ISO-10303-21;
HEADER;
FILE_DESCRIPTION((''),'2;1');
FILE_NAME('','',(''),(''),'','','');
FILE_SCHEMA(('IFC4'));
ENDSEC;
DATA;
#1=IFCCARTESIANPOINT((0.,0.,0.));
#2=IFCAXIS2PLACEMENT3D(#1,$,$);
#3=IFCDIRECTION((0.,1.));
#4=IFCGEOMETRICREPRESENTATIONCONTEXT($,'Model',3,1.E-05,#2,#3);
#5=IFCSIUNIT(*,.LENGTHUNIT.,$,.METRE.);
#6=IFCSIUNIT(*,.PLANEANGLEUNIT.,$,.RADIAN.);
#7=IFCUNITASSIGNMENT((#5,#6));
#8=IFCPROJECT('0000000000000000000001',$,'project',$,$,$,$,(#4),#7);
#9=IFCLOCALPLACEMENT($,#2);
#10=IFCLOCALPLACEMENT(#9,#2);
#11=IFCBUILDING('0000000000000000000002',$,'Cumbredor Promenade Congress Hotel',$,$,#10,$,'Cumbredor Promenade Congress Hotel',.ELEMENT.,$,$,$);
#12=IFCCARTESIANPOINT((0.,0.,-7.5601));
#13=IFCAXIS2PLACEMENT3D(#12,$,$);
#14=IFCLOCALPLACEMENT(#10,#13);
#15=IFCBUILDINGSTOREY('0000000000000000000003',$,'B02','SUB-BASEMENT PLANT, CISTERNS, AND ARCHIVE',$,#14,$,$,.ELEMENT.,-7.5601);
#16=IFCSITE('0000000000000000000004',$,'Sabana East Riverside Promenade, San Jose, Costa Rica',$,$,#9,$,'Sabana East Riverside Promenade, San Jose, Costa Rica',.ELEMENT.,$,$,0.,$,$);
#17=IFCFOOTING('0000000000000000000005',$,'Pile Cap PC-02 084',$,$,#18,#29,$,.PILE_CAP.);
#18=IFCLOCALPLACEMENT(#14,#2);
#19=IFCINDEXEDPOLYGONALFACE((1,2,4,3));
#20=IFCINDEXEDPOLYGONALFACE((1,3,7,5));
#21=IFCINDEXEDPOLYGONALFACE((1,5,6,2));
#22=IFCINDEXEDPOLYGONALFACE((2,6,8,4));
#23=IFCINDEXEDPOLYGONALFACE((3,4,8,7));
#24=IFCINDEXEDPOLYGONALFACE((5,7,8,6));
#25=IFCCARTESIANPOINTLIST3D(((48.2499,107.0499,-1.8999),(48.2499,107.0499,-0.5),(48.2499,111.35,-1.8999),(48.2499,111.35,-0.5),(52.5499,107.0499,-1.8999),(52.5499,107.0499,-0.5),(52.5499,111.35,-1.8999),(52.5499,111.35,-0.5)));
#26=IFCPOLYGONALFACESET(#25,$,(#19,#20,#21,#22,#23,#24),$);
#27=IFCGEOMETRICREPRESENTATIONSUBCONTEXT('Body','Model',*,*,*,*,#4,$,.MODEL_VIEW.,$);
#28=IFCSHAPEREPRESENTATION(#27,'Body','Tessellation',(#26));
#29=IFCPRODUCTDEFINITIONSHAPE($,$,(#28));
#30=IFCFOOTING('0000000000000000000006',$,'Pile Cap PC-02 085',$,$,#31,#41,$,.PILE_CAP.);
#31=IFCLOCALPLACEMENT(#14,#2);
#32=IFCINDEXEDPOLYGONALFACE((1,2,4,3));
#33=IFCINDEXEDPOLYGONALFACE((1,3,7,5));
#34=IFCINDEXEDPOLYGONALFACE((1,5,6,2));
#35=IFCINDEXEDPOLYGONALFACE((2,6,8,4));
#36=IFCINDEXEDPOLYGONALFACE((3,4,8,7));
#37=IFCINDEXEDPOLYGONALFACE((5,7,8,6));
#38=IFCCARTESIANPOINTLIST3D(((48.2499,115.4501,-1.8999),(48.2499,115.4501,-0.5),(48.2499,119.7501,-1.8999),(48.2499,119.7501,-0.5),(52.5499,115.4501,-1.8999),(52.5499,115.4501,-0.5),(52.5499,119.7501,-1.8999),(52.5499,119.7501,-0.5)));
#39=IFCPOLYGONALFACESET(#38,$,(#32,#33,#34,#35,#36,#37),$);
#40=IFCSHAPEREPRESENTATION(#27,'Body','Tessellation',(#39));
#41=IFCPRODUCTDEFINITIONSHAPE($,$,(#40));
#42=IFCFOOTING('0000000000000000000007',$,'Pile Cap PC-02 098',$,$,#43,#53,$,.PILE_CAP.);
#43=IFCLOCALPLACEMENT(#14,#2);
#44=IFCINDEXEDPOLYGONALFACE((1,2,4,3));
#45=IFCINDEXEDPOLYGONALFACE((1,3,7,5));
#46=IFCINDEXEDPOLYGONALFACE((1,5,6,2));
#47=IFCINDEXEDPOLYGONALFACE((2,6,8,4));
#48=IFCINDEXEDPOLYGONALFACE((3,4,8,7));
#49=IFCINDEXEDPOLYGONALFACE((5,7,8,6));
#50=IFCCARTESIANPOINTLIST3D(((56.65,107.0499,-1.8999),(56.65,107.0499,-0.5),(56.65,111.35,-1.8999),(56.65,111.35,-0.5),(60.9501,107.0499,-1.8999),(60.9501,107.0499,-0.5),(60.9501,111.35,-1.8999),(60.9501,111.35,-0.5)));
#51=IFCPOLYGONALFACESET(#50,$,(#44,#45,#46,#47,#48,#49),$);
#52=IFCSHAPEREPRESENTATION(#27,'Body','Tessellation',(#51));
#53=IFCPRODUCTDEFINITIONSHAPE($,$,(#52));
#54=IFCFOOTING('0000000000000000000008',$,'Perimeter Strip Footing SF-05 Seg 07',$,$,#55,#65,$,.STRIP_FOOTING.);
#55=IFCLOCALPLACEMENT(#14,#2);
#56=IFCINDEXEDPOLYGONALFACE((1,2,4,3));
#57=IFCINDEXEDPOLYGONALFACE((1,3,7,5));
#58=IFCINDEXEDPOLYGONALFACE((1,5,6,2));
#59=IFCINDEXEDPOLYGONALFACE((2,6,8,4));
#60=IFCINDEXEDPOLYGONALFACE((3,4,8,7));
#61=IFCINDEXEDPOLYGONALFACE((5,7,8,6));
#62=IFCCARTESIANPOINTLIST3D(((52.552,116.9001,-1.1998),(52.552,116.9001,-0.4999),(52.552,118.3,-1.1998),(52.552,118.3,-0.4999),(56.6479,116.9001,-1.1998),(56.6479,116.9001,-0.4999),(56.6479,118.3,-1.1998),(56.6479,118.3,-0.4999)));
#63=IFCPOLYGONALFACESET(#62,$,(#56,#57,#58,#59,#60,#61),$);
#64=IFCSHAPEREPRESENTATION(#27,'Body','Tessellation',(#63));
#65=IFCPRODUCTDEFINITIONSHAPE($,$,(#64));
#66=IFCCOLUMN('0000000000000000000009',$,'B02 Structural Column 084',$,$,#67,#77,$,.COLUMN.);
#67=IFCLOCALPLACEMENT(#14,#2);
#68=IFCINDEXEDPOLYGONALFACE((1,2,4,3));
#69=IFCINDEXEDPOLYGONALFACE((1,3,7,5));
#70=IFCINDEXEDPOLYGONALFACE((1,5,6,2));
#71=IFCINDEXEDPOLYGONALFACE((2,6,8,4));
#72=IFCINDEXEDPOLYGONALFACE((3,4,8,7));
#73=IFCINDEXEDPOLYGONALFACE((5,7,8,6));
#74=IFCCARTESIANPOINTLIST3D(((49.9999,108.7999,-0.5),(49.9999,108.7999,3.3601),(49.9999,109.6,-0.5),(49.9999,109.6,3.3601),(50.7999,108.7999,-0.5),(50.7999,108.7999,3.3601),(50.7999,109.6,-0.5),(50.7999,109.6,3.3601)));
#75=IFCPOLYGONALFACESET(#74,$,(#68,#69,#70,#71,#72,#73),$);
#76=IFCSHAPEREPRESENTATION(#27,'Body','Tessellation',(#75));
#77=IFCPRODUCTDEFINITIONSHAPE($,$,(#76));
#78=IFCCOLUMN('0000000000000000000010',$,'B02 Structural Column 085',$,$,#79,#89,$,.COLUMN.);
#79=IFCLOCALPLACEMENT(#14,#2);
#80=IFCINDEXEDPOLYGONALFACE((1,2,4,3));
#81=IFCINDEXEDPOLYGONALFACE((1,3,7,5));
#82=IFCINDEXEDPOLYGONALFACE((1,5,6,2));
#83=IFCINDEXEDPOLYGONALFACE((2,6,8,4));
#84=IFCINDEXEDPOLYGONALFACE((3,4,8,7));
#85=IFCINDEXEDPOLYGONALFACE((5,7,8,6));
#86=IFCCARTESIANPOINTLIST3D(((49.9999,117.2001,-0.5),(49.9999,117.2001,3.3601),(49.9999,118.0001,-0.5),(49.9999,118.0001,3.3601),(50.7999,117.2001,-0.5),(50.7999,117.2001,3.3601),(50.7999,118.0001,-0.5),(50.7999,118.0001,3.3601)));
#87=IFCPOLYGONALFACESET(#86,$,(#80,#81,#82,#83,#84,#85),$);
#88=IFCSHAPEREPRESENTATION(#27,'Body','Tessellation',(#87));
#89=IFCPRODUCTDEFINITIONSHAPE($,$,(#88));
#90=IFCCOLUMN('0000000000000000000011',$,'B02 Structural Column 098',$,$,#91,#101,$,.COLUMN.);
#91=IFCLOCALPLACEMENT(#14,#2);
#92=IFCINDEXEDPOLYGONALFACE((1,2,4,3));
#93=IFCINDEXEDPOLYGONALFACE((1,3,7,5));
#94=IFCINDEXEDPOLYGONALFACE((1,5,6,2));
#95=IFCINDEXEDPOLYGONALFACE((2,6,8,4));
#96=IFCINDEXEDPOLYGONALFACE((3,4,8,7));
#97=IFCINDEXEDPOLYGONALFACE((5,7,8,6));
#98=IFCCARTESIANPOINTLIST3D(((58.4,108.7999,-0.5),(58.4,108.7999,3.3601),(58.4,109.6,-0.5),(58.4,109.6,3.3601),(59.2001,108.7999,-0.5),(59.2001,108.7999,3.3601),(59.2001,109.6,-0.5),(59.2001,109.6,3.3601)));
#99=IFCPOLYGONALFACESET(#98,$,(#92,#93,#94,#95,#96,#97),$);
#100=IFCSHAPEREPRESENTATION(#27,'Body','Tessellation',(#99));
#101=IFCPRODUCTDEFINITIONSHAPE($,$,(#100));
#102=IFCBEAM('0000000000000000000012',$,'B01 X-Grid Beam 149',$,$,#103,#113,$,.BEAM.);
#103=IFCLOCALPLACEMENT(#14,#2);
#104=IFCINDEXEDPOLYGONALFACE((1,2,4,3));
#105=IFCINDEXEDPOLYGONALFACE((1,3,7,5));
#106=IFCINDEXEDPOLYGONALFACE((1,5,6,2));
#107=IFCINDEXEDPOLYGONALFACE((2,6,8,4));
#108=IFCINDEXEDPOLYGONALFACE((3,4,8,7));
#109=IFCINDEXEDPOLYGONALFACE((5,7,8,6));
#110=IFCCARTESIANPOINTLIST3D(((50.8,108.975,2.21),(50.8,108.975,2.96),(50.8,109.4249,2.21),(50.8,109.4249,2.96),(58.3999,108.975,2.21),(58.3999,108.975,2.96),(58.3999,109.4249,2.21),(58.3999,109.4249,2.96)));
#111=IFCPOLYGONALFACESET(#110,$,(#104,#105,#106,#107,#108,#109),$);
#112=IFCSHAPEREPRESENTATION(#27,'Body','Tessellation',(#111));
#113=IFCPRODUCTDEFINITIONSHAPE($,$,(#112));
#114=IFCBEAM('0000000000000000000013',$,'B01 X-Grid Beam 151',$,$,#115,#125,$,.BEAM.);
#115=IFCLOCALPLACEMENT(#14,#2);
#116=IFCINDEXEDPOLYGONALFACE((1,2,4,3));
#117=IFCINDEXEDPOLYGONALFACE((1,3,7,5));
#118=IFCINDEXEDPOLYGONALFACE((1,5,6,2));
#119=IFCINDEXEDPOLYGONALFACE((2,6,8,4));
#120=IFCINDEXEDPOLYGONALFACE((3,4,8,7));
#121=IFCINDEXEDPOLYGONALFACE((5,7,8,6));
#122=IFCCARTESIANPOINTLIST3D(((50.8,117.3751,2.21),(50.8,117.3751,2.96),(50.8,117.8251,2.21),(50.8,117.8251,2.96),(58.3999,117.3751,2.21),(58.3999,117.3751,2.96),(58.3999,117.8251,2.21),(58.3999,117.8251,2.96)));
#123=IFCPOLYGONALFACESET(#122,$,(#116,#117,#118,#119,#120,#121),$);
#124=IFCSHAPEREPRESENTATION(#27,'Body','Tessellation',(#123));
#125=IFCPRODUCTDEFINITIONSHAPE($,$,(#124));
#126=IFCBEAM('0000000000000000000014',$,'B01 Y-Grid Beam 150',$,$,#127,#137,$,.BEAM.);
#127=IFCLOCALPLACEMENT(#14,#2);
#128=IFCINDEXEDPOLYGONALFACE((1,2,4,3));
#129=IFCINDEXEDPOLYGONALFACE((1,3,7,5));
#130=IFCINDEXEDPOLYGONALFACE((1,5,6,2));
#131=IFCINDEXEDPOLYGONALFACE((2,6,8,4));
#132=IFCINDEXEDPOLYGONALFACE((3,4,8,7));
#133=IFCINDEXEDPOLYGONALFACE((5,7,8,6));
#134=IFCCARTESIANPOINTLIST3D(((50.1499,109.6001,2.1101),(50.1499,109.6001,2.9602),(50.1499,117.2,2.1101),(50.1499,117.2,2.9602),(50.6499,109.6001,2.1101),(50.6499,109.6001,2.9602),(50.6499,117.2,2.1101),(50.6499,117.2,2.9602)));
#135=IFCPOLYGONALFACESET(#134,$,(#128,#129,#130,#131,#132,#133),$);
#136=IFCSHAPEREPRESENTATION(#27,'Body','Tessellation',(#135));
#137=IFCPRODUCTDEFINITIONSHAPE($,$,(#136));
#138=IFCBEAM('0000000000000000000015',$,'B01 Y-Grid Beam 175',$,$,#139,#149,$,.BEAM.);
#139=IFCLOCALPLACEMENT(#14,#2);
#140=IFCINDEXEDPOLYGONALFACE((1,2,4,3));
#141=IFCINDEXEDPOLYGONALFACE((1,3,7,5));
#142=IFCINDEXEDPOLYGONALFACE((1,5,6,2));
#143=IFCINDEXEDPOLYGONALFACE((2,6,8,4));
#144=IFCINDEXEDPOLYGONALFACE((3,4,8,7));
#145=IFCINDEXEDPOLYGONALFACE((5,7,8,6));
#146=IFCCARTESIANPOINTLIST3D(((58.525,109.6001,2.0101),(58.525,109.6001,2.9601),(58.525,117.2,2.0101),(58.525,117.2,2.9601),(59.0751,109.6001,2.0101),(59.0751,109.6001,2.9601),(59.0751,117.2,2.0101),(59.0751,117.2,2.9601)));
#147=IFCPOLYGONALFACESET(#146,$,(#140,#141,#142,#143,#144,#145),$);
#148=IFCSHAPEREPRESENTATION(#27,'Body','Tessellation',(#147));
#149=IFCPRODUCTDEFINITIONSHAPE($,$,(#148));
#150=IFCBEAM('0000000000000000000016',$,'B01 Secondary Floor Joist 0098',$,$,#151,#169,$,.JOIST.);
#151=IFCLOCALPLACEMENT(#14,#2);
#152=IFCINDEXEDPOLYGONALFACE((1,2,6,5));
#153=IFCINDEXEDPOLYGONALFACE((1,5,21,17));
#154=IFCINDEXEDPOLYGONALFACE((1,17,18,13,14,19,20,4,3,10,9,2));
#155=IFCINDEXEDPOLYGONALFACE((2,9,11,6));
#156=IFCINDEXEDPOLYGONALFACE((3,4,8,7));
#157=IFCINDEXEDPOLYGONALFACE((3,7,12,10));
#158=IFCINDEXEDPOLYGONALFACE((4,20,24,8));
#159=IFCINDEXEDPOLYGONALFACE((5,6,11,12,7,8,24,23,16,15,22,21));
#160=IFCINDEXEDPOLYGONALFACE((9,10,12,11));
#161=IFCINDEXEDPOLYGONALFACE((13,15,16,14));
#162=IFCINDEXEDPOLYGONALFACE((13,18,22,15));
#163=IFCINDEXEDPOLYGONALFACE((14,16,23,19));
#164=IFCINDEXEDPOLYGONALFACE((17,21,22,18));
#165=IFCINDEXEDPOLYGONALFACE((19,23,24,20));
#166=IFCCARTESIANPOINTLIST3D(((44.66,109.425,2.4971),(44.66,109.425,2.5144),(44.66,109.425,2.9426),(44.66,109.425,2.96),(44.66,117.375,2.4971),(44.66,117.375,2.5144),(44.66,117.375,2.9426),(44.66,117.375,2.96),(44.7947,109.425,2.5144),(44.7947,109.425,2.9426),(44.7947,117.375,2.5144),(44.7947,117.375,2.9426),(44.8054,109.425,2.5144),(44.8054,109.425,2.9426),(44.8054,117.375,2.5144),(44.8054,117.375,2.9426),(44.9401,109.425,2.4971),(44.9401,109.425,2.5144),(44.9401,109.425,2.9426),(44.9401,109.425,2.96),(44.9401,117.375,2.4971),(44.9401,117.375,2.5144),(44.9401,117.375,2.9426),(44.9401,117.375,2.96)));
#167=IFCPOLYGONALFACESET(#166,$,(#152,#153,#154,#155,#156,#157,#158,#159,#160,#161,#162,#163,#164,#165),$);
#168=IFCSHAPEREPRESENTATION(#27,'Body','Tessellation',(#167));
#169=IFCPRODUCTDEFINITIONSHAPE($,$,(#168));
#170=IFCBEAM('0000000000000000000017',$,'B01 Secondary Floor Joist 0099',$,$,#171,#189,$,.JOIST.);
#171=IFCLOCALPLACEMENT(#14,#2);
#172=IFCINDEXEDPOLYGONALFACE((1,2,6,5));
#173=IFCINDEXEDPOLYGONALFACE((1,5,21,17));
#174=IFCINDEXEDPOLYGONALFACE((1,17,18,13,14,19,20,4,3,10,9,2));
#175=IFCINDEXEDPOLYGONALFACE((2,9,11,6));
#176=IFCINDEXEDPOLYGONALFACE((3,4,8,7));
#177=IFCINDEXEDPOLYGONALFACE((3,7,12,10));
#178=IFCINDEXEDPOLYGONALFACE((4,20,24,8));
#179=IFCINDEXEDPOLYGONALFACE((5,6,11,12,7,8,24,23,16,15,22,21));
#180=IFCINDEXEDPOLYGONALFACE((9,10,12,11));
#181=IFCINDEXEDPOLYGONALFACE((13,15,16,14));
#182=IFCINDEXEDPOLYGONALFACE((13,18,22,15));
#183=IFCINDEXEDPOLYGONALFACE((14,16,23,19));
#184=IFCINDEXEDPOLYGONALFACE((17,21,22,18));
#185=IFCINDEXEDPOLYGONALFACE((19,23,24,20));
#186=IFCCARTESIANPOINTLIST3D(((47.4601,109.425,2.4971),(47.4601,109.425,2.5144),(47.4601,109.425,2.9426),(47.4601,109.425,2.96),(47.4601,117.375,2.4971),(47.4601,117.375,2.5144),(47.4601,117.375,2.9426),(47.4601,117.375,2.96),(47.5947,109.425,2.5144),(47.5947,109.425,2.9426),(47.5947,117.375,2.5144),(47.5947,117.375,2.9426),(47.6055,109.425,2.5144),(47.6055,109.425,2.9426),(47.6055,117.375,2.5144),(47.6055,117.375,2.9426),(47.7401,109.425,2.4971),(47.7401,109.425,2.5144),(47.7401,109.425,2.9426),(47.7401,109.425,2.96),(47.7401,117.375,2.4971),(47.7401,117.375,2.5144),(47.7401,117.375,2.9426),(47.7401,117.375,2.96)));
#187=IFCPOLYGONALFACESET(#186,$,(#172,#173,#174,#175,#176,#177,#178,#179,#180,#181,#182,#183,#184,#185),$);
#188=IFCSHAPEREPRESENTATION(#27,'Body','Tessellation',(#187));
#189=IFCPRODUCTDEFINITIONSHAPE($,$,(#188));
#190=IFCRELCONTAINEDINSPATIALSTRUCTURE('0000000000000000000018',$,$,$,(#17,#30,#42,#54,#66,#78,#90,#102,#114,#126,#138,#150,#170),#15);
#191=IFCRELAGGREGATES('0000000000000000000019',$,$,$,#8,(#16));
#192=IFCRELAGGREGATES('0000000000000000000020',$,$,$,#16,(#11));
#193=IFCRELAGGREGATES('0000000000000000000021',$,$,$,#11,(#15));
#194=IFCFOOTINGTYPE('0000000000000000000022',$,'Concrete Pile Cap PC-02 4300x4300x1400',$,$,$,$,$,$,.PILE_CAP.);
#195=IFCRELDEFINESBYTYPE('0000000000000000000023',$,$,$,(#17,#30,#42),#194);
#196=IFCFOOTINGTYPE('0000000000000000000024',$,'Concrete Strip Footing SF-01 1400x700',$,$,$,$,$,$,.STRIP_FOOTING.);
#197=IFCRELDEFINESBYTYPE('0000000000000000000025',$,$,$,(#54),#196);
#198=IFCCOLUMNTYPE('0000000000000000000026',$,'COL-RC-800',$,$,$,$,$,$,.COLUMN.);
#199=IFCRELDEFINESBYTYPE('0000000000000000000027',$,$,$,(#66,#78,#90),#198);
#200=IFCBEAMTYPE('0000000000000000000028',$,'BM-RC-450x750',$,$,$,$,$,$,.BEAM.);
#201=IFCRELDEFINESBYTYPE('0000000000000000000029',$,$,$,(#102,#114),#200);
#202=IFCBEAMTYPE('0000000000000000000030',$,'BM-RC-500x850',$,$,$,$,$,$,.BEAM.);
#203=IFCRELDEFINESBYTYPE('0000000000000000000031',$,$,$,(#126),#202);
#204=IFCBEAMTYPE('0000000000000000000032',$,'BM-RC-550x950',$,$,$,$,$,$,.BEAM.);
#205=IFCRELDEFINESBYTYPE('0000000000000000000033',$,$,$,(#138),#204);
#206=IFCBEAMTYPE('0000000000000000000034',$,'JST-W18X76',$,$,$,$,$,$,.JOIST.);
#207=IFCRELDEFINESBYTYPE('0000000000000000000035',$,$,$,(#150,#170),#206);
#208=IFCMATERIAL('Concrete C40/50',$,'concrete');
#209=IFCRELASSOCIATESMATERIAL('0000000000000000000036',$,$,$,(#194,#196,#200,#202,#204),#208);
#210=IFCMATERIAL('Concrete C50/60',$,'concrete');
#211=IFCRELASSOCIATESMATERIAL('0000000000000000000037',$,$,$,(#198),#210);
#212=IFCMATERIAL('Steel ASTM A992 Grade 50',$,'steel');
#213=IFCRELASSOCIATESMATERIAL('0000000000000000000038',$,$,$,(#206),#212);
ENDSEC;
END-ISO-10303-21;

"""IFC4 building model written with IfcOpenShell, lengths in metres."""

from ifc_helpers import new_model, si_unit, direction, frame, origin, origin_2d, place, context, subcontext, project, spatial, rectangle, i_section, extrude, material, material_profile, profile_set, type_object, element, save


model = new_model("IFC4")

# Units and contexts
model_context = context("Model", 3, precision=1e-05, world=origin(), true_north=direction((0.0, 1.0)))
body_context = subcontext(model_context, "Body", "Model", "MODEL_VIEW")
ifc_project = project(units=[si_unit("LENGTHUNIT", "METRE"), si_unit("PLANEANGLEUNIT", "RADIAN")], contexts=[model_context])

# Site, building, storey
site_placement = place(None, origin())
site = spatial("IfcSite", under=ifc_project, at=site_placement, Name="Sabana East Riverside Promenade, San Jose, Costa Rica", LongName="Sabana East Riverside Promenade, San Jose, Costa Rica", CompositionType="ELEMENT", RefElevation=0.0)
building_placement = place(site_placement, origin())
building = spatial("IfcBuilding", under=site, at=building_placement, Name="Cumbredor Promenade Congress Hotel", LongName="Cumbredor Promenade Congress Hotel", CompositionType="ELEMENT")
storey_placement = place(building_placement, frame((0.0, 0.0, -7.5601)))
storey = spatial("IfcBuildingStorey", under=building, at=storey_placement, Name="B02", Description="SUB-BASEMENT PLANT, CISTERNS, AND ARCHIVE", CompositionType="ELEMENT", Elevation=-7.5601)

# Shared definitions
ifc_material_1 = material(Name="Concrete C40/50", Category="concrete")

# Footings
footing_type_1 = type_object("IfcFootingType", Name="Concrete Pile Cap PC-02 4300x4300x1400", PredefinedType="PILE_CAP", material=ifc_material_1)
for number, where, z_axis, x_axis, name in (
    (1, (50.3999, 109.2, -1.8999), (0.0, 0.0, 1.0), (1.0, 0.0, 0.0), "Pile Cap PC-02 084"),
    (2, (50.3999, 117.6001, -1.8999), (0.0, 0.0, 1.0), (1.0, 0.0, 0.0), "Pile Cap PC-02 085"),
    (3, (58.8, 109.2, -1.8999), (0.0, 0.0, 1.0), (1.0, 0.0, 0.0), "Pile Cap PC-02 098"),
):
    element("IfcFooting", number, at=place(storey_placement, frame(where, z_axis=z_axis, x_axis=x_axis)), inside=storey, type_object=footing_type_1, Name=name, PredefinedType="PILE_CAP", context=body_context, shape_type="SweptSolid", body=[
        extrude(rectangle(XDim=4.3, YDim=4.3, at=origin_2d()), origin(), (0.0, 0.0, 1.0), 1.3999),
    ])
ifc_material_profile_1 = material_profile(ifc_material_1, rectangle(XDim=1.3999, YDim=0.7, at=origin_2d()), Name="SF 1400x700")
ifc_profile_set_1 = profile_set([ifc_material_profile_1], Name="Concrete C40/50")
footing_type_2 = type_object("IfcFootingType", Name="Concrete Strip Footing SF-01 1400x700", PredefinedType="STRIP_FOOTING", material=ifc_profile_set_1)
footing_1_placement = place(storey_placement, frame((52.552, 117.6001, -0.8499), z_axis=(1.0, 0.0, 0.0), x_axis=(0.0, 1.0, 0.0)))
element("IfcFooting", 4, at=footing_1_placement, inside=storey, type_object=footing_type_2, Name="Perimeter Strip Footing SF-05 Seg 07", PredefinedType="STRIP_FOOTING", context=body_context, shape_type="SweptSolid", body=[
    extrude(rectangle(XDim=1.3999, YDim=0.7, at=origin_2d()), origin(), (0.0, 0.0, 1.0), 4.0959),
])

# Columns
ifc_material_2 = material(Name="Concrete C50/60", Category="concrete")
ifc_material_profile_2 = material_profile(ifc_material_2, rectangle(XDim=0.8, YDim=0.8, at=origin_2d()), Name="RC 800x800")
ifc_profile_set_2 = profile_set([ifc_material_profile_2], Name="Concrete C50/60")
column_type = type_object("IfcColumnType", Name="COL-RC-800", PredefinedType="COLUMN", material=ifc_profile_set_2)
for number, where, z_axis, x_axis, name in (
    (5, (50.3999, 109.2, -0.5), (0.0, 0.0, 1.0), (1.0, 0.0, 0.0), "B02 Structural Column 084"),
    (6, (50.3999, 117.6001, -0.5), (0.0, 0.0, 1.0), (1.0, 0.0, 0.0), "B02 Structural Column 085"),
    (7, (58.8, 109.2, -0.5), (0.0, 0.0, 1.0), (1.0, 0.0, 0.0), "B02 Structural Column 098"),
):
    element("IfcColumn", number, at=place(storey_placement, frame(where, z_axis=z_axis, x_axis=x_axis)), inside=storey, type_object=column_type, Name=name, PredefinedType="COLUMN", context=body_context, shape_type="SweptSolid", body=[
        extrude(rectangle(XDim=0.8, YDim=0.8, at=origin_2d()), origin(), (0.0, 0.0, 1.0), 3.8601),
    ])

# Beams
ifc_material_profile_3 = material_profile(ifc_material_1, rectangle(XDim=0.45, YDim=0.75, at=origin_2d()), Name="RC BEAM 450x750")
ifc_profile_set_3 = profile_set([ifc_material_profile_3], Name="Concrete C40/50")
beam_type_1 = type_object("IfcBeamType", Name="BM-RC-450x750", PredefinedType="BEAM", material=ifc_profile_set_3)
for number, where, z_axis, x_axis, name in (
    (8, (50.8, 109.2, 2.585), (1.0, 0.0, 0.0), (0.0, 1.0, 0.0), "B01 X-Grid Beam 149"),
    (9, (50.8, 117.6001, 2.585), (1.0, 0.0, 0.0), (0.0, 1.0, 0.0), "B01 X-Grid Beam 151"),
):
    element("IfcBeam", number, at=place(storey_placement, frame(where, z_axis=z_axis, x_axis=x_axis)), inside=storey, type_object=beam_type_1, Name=name, PredefinedType="BEAM", context=body_context, shape_type="SweptSolid", body=[
        extrude(rectangle(XDim=0.45, YDim=0.75, at=origin_2d()), origin(), (0.0, 0.0, 1.0), 7.5999),
    ])
ifc_material_profile_4 = material_profile(ifc_material_1, rectangle(XDim=0.5, YDim=0.8501, at=origin_2d()), Name="RC BEAM 500x850")
ifc_profile_set_4 = profile_set([ifc_material_profile_4], Name="Concrete C40/50")
beam_type_2 = type_object("IfcBeamType", Name="BM-RC-500x850", PredefinedType="BEAM", material=ifc_profile_set_4)
beam_1_placement = place(storey_placement, frame((50.3999, 109.6001, 2.5352), z_axis=(0.0, 1.0, 0.0), x_axis=(-1.0, 0.0, 0.0)))
element("IfcBeam", 10, at=beam_1_placement, inside=storey, type_object=beam_type_2, Name="B01 Y-Grid Beam 150", PredefinedType="BEAM", context=body_context, shape_type="SweptSolid", body=[
    extrude(rectangle(XDim=0.5, YDim=0.8501, at=origin_2d()), origin(), (0.0, 0.0, 1.0), 7.5999),
])
ifc_material_profile_5 = material_profile(ifc_material_1, rectangle(XDim=0.55, YDim=0.95, at=origin_2d()), Name="RC BEAM 550x950")
ifc_profile_set_5 = profile_set([ifc_material_profile_5], Name="Concrete C40/50")
beam_type_3 = type_object("IfcBeamType", Name="BM-RC-550x950", PredefinedType="BEAM", material=ifc_profile_set_5)
beam_2_placement = place(storey_placement, frame((58.8, 109.6001, 2.4851), z_axis=(0.0, 1.0, 0.0), x_axis=(-1.0, 0.0, 0.0)))
element("IfcBeam", 11, at=beam_2_placement, inside=storey, type_object=beam_type_3, Name="B01 Y-Grid Beam 175", PredefinedType="BEAM", context=body_context, shape_type="SweptSolid", body=[
    extrude(rectangle(XDim=0.55, YDim=0.95, at=origin_2d()), origin(), (0.0, 0.0, 1.0), 7.5999),
])
ifc_material_3 = material(Name="Steel ASTM A992 Grade 50", Category="steel")
ifc_material_profile_6 = material_profile(ifc_material_3, i_section(OverallWidth=0.28, OverallDepth=0.4629, WebThickness=0.0107, FlangeThickness=0.0173, at=origin_2d()), Name="W18X76")
ifc_profile_set_6 = profile_set([ifc_material_profile_6], Name="Steel ASTM A992 Grade 50")
beam_type_4 = type_object("IfcBeamType", Name="JST-W18X76", PredefinedType="JOIST", material=ifc_profile_set_6)
for number, where, z_axis, x_axis, name in (
    (12, (44.8, 109.425, 2.7285), (0.0, 1.0, 0.0), (-1.0, 0.0, 0.0), "B01 Secondary Floor Joist 0098"),
    (13, (47.6001, 109.425, 2.7285), (0.0, 1.0, 0.0), (-1.0, 0.0, 0.0), "B01 Secondary Floor Joist 0099"),
):
    element("IfcBeam", number, at=place(storey_placement, frame(where, z_axis=z_axis, x_axis=x_axis)), inside=storey, type_object=beam_type_4, Name=name, PredefinedType="JOIST", context=body_context, shape_type="SweptSolid", body=[
        extrude(i_section(OverallWidth=0.28, OverallDepth=0.4629, WebThickness=0.0107, FlangeThickness=0.0173, at=origin_2d()), origin(), (0.0, 0.0, 1.0), 7.95),
    ])

save(model, "model.ifc")
